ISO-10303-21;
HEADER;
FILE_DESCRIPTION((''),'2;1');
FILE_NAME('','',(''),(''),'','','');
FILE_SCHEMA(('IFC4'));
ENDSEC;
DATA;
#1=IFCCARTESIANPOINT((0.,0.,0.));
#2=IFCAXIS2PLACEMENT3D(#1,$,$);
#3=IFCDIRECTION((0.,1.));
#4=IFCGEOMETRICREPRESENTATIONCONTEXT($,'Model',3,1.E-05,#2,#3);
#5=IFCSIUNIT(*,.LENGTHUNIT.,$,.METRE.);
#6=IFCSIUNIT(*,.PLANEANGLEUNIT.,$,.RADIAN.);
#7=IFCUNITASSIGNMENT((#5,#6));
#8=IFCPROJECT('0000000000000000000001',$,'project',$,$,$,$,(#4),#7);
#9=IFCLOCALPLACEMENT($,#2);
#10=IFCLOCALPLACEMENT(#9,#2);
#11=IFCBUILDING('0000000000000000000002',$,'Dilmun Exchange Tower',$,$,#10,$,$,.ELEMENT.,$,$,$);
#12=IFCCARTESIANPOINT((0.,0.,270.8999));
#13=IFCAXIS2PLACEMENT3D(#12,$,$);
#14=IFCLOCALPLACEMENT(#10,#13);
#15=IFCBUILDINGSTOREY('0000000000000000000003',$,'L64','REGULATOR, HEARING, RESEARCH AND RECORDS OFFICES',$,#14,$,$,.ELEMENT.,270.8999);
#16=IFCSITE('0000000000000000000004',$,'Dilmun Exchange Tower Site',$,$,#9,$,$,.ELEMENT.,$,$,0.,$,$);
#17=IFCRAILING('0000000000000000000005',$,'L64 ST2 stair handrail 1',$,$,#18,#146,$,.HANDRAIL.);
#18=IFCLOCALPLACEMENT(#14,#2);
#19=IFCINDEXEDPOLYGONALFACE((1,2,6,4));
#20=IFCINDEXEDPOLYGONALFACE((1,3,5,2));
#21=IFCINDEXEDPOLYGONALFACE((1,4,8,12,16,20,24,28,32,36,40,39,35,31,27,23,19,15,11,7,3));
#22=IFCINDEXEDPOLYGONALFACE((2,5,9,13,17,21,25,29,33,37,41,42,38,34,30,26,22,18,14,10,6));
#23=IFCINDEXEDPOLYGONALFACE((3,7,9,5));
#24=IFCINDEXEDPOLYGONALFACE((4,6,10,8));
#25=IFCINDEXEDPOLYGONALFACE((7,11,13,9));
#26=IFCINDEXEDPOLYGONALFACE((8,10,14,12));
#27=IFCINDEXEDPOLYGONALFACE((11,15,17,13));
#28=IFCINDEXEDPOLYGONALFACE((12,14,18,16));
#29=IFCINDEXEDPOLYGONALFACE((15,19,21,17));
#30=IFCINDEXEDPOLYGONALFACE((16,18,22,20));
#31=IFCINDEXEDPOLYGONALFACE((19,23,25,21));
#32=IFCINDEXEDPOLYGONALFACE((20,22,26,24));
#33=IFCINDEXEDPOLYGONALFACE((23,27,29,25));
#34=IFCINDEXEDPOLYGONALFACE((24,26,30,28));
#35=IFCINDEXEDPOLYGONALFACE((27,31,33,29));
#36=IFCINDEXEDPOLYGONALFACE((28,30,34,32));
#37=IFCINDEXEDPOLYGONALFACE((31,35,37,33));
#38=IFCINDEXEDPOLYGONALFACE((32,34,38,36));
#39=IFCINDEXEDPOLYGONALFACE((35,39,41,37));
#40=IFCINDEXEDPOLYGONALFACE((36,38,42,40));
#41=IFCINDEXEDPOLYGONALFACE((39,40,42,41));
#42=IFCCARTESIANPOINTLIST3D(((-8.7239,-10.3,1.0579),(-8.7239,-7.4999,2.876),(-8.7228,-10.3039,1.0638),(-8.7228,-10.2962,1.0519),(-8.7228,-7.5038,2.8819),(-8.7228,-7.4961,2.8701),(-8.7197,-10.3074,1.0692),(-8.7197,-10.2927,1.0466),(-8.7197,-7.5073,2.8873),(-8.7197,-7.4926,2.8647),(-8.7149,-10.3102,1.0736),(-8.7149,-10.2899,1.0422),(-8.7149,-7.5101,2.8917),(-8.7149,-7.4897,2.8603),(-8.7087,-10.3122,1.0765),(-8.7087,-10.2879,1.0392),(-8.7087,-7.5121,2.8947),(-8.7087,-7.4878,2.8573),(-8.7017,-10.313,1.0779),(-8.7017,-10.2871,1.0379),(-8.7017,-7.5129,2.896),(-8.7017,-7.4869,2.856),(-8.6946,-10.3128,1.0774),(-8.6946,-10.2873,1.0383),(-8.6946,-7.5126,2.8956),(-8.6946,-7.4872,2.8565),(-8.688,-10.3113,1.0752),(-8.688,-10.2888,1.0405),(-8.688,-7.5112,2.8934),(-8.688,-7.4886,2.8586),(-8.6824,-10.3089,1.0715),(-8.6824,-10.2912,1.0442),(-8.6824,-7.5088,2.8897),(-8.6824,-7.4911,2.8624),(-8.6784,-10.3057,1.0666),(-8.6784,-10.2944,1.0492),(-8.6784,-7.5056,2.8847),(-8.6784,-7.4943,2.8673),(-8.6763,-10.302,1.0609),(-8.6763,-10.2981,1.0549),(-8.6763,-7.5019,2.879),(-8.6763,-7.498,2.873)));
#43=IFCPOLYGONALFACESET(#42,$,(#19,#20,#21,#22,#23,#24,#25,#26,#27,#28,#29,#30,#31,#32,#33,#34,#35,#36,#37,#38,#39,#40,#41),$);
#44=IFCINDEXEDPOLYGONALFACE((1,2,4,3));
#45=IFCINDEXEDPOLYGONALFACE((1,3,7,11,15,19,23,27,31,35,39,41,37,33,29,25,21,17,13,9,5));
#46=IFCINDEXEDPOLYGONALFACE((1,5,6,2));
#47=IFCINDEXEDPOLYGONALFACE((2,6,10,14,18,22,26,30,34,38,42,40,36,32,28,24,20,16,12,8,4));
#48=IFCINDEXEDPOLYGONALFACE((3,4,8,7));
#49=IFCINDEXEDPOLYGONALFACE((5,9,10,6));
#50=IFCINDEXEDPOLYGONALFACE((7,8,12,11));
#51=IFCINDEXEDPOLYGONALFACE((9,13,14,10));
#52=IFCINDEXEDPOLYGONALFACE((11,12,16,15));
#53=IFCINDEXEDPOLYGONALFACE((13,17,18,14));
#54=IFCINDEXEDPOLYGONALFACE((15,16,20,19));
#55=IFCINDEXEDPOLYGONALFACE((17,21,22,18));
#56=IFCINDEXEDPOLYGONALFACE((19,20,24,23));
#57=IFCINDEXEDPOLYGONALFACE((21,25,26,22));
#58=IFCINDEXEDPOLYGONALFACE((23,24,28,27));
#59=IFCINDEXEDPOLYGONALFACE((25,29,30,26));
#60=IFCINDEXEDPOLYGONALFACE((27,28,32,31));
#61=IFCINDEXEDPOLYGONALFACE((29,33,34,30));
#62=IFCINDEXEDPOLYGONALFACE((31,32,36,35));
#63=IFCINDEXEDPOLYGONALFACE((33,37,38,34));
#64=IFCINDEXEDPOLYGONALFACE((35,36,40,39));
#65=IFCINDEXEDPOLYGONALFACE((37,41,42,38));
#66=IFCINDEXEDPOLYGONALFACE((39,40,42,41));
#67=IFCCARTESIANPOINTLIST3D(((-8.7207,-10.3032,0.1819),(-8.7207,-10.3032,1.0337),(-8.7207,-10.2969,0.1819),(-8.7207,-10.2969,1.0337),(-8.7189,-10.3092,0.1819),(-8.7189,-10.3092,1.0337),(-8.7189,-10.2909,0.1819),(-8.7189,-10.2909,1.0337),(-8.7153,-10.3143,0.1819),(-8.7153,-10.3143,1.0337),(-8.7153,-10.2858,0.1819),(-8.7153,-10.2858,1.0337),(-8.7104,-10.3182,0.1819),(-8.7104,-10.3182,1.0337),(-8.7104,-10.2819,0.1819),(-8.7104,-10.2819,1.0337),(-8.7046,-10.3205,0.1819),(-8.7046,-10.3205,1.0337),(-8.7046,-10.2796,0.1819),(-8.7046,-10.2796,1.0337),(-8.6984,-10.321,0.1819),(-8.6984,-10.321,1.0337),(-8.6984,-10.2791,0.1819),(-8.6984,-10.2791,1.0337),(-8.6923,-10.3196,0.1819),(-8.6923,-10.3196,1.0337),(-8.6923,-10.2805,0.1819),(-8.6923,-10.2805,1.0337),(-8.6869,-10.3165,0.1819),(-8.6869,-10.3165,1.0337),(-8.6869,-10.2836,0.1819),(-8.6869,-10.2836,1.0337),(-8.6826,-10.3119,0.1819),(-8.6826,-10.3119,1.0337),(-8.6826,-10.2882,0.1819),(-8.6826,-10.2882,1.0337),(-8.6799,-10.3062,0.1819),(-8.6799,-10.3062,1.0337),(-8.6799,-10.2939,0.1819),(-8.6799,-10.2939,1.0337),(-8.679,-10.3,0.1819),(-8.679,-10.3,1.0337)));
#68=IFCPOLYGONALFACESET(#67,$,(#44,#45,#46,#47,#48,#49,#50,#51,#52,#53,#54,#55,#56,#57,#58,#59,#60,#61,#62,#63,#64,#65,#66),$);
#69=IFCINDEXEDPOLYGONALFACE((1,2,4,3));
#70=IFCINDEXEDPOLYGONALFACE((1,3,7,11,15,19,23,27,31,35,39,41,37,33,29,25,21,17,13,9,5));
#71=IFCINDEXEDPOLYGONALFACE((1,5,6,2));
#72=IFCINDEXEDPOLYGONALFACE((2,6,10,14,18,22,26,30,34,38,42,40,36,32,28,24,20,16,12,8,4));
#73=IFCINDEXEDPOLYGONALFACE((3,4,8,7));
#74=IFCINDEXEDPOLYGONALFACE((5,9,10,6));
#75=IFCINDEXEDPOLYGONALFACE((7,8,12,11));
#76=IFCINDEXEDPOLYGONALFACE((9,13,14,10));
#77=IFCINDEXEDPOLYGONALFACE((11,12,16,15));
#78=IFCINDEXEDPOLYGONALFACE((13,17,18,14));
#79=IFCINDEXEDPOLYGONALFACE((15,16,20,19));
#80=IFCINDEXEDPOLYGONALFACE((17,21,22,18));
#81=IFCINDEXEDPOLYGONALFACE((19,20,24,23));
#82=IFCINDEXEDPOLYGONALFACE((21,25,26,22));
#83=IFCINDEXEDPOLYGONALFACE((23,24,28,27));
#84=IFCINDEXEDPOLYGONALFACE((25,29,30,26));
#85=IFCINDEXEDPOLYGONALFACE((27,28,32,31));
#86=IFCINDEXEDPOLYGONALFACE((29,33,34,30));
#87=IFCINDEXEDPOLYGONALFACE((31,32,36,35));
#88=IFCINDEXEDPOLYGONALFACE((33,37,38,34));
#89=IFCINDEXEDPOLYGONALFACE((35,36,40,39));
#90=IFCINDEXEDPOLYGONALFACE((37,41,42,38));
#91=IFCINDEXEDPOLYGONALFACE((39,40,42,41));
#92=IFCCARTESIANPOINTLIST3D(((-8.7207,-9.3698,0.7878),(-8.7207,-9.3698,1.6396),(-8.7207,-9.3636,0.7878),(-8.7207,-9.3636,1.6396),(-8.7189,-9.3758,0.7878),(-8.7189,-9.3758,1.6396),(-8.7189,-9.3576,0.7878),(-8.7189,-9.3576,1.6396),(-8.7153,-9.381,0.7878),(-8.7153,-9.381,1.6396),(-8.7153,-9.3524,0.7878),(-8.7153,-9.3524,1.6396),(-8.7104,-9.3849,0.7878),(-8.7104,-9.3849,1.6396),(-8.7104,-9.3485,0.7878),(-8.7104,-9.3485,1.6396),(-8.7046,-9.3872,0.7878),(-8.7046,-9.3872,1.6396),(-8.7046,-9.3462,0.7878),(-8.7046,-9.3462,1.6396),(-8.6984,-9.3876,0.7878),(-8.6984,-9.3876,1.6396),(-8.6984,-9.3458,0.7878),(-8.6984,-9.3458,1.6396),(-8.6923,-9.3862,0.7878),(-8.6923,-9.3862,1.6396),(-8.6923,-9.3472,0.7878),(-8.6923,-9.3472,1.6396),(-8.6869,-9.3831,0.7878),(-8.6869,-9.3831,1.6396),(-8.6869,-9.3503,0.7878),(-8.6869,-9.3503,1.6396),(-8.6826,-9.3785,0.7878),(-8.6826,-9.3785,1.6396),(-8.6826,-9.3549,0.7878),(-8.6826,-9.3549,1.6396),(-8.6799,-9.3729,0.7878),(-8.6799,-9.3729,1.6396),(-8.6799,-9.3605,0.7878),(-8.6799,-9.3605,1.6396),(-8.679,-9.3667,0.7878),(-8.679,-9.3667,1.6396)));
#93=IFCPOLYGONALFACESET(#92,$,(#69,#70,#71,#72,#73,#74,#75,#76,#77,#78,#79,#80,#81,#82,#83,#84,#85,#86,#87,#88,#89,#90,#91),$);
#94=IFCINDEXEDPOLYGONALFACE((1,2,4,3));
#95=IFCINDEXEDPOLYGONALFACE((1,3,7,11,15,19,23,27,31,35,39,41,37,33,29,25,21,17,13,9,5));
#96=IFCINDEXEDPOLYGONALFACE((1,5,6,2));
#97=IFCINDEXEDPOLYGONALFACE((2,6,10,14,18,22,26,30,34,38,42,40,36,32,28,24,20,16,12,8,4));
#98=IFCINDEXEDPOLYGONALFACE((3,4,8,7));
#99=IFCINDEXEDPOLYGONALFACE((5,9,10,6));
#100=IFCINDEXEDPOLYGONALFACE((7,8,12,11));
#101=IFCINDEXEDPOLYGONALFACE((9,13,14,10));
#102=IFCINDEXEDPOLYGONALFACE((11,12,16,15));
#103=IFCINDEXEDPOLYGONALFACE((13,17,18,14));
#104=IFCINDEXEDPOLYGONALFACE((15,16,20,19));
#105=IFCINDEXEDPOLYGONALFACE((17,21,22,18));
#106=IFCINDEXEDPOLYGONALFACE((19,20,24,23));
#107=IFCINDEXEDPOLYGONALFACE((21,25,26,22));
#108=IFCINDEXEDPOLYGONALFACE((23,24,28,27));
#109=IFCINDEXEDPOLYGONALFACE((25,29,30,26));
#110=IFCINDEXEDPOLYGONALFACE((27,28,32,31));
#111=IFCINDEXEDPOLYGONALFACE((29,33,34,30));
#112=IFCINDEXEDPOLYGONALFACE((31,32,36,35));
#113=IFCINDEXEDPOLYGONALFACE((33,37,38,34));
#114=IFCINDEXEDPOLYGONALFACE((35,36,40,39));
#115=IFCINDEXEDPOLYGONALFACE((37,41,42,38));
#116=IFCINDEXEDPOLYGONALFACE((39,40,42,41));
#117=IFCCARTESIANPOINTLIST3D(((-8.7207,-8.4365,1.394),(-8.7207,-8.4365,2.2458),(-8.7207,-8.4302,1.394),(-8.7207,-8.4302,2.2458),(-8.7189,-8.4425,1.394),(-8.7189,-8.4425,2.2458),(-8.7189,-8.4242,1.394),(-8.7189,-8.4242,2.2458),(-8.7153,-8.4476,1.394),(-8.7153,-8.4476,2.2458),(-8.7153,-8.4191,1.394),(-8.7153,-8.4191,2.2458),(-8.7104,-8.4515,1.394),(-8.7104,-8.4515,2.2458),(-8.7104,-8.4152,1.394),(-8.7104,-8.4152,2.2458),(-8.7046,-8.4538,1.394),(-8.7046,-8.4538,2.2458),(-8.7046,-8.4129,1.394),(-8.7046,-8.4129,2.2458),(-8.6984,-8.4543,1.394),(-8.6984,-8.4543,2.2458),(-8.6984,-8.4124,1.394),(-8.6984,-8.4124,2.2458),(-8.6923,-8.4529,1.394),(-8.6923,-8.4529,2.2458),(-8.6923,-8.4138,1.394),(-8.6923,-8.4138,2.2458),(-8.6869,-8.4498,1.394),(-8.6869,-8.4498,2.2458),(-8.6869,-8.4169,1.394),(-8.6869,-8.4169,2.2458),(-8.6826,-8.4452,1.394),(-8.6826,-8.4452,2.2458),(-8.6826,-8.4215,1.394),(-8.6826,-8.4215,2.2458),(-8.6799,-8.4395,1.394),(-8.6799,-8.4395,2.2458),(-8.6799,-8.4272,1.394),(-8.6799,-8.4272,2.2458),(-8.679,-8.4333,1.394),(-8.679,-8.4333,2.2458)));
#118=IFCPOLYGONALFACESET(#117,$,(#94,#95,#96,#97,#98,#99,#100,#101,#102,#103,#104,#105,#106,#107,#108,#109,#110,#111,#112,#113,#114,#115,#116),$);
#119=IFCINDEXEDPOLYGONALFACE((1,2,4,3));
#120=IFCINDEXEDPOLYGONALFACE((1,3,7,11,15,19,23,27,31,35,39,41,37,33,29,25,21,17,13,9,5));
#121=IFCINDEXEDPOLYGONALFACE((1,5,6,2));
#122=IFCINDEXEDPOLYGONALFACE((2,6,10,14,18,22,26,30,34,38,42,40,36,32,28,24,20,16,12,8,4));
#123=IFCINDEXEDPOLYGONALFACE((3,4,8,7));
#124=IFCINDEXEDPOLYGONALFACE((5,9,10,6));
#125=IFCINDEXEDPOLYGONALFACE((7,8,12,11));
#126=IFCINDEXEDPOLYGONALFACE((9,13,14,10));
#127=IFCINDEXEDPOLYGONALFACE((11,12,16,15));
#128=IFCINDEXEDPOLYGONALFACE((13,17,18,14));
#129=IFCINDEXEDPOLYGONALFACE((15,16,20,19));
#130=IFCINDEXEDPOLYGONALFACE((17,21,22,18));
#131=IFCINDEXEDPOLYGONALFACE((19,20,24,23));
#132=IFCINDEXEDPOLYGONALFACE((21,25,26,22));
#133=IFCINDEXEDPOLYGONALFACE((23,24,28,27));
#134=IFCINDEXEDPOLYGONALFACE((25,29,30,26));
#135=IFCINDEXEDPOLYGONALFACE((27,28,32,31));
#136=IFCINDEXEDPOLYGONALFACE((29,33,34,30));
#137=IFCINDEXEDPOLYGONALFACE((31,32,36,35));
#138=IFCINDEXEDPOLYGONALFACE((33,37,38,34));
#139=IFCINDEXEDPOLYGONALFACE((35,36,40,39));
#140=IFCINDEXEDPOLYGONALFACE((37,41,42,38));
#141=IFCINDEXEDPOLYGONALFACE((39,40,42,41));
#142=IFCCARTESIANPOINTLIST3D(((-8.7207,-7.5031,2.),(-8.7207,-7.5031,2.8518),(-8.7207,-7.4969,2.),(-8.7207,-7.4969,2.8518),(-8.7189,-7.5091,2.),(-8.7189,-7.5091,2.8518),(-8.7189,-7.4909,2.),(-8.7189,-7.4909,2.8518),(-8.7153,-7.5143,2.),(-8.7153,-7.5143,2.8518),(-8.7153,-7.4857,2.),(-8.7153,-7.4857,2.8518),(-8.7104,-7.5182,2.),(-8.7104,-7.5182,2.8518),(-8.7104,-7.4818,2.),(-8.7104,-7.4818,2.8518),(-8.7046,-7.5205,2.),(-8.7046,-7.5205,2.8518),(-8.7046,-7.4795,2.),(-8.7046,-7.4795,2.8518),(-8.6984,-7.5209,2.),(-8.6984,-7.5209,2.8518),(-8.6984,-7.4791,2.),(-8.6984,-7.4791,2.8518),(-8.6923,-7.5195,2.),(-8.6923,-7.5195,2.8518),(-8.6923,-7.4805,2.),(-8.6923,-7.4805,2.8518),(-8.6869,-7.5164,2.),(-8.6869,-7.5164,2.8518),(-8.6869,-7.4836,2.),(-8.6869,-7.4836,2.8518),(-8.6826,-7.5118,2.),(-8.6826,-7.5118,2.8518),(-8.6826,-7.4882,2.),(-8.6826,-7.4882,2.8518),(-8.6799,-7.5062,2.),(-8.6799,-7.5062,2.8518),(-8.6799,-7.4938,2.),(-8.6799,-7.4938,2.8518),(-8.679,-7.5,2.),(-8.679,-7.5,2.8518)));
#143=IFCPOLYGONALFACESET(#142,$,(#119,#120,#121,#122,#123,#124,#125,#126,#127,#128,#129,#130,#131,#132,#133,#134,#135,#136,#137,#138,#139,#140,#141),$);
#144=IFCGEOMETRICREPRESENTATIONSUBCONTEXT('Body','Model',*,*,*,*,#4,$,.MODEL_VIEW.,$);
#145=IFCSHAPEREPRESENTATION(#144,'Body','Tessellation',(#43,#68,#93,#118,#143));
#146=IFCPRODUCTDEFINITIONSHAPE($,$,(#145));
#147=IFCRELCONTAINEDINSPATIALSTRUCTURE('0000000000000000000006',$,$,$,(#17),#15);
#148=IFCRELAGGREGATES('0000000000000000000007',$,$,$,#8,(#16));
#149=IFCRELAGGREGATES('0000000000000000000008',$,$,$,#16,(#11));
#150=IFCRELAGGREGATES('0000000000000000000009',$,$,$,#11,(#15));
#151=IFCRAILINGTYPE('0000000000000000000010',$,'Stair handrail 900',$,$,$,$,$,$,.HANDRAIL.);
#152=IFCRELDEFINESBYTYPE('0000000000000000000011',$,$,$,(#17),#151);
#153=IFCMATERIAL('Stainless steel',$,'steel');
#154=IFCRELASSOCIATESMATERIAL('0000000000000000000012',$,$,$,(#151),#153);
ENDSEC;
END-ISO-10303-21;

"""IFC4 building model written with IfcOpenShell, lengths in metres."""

from ifc_helpers import new_model, si_unit, direction, frame, origin, origin_2d, place, context, subcontext, project, spatial, circle, extrude, material, type_object, element, save


model = new_model("IFC4")

# Units and contexts
model_context = context("Model", 3, precision=1e-05, world=origin(), true_north=direction((0.0, 1.0)))
body_context = subcontext(model_context, "Body", "Model", "MODEL_VIEW")
ifc_project = project(units=[si_unit("LENGTHUNIT", "METRE"), si_unit("PLANEANGLEUNIT", "RADIAN")], contexts=[model_context])

# Site, building, storey
site_placement = place(None, origin())
site = spatial("IfcSite", under=ifc_project, at=site_placement, Name="Dilmun Exchange Tower Site", CompositionType="ELEMENT", RefElevation=0.0)
building_placement = place(site_placement, origin())
building = spatial("IfcBuilding", under=site, at=building_placement, Name="Dilmun Exchange Tower", CompositionType="ELEMENT")
storey_placement = place(building_placement, frame((0.0, 0.0, 270.8999)))
storey = spatial("IfcBuildingStorey", under=building, at=storey_placement, Name="L64", Description="REGULATOR, HEARING, RESEARCH AND RECORDS OFFICES", CompositionType="ELEMENT", Elevation=270.8999)

# Railing
ifc_material_1 = material(Name="Stainless steel", Category="steel")
railing_type = type_object("IfcRailingType", Name="Stair handrail 900", PredefinedType="HANDRAIL", material=ifc_material_1)
railing_placement = place(storey_placement, frame((-8.7, -10.3, 0.1819)))
element("IfcRailing", 1, at=railing_placement, inside=storey, type_object=railing_type, Name="L64 ST2 stair handrail 1", PredefinedType="HANDRAIL", context=body_context, shape_type="SweptSolid", body=[
    extrude(circle(Radius=0.0239, at=origin_2d()), frame((0.0, 0.0, 0.876), z_axis=(0.0, 0.838706, 0.544585), x_axis=(-1.0, 0.0, 0.0)), (0.0, 0.0, 1.0), 3.3386),
    extrude(circle(Radius=0.021, at=origin_2d()), origin(), (0.0, 0.0, 1.0), 0.8518),
    extrude(circle(Radius=0.021, at=origin_2d()), frame((0.0, 0.9333, 0.606)), (0.0, 0.0, 1.0), 0.8518),
    extrude(circle(Radius=0.021, at=origin_2d()), frame((0.0, 1.8667, 1.2122)), (0.0, 0.0, 1.0), 0.8518),
    extrude(circle(Radius=0.021, at=origin_2d()), frame((0.0, 2.8, 1.8181)), (0.0, 0.0, 1.0), 0.8518),
])

save(model, "model.ifc")
